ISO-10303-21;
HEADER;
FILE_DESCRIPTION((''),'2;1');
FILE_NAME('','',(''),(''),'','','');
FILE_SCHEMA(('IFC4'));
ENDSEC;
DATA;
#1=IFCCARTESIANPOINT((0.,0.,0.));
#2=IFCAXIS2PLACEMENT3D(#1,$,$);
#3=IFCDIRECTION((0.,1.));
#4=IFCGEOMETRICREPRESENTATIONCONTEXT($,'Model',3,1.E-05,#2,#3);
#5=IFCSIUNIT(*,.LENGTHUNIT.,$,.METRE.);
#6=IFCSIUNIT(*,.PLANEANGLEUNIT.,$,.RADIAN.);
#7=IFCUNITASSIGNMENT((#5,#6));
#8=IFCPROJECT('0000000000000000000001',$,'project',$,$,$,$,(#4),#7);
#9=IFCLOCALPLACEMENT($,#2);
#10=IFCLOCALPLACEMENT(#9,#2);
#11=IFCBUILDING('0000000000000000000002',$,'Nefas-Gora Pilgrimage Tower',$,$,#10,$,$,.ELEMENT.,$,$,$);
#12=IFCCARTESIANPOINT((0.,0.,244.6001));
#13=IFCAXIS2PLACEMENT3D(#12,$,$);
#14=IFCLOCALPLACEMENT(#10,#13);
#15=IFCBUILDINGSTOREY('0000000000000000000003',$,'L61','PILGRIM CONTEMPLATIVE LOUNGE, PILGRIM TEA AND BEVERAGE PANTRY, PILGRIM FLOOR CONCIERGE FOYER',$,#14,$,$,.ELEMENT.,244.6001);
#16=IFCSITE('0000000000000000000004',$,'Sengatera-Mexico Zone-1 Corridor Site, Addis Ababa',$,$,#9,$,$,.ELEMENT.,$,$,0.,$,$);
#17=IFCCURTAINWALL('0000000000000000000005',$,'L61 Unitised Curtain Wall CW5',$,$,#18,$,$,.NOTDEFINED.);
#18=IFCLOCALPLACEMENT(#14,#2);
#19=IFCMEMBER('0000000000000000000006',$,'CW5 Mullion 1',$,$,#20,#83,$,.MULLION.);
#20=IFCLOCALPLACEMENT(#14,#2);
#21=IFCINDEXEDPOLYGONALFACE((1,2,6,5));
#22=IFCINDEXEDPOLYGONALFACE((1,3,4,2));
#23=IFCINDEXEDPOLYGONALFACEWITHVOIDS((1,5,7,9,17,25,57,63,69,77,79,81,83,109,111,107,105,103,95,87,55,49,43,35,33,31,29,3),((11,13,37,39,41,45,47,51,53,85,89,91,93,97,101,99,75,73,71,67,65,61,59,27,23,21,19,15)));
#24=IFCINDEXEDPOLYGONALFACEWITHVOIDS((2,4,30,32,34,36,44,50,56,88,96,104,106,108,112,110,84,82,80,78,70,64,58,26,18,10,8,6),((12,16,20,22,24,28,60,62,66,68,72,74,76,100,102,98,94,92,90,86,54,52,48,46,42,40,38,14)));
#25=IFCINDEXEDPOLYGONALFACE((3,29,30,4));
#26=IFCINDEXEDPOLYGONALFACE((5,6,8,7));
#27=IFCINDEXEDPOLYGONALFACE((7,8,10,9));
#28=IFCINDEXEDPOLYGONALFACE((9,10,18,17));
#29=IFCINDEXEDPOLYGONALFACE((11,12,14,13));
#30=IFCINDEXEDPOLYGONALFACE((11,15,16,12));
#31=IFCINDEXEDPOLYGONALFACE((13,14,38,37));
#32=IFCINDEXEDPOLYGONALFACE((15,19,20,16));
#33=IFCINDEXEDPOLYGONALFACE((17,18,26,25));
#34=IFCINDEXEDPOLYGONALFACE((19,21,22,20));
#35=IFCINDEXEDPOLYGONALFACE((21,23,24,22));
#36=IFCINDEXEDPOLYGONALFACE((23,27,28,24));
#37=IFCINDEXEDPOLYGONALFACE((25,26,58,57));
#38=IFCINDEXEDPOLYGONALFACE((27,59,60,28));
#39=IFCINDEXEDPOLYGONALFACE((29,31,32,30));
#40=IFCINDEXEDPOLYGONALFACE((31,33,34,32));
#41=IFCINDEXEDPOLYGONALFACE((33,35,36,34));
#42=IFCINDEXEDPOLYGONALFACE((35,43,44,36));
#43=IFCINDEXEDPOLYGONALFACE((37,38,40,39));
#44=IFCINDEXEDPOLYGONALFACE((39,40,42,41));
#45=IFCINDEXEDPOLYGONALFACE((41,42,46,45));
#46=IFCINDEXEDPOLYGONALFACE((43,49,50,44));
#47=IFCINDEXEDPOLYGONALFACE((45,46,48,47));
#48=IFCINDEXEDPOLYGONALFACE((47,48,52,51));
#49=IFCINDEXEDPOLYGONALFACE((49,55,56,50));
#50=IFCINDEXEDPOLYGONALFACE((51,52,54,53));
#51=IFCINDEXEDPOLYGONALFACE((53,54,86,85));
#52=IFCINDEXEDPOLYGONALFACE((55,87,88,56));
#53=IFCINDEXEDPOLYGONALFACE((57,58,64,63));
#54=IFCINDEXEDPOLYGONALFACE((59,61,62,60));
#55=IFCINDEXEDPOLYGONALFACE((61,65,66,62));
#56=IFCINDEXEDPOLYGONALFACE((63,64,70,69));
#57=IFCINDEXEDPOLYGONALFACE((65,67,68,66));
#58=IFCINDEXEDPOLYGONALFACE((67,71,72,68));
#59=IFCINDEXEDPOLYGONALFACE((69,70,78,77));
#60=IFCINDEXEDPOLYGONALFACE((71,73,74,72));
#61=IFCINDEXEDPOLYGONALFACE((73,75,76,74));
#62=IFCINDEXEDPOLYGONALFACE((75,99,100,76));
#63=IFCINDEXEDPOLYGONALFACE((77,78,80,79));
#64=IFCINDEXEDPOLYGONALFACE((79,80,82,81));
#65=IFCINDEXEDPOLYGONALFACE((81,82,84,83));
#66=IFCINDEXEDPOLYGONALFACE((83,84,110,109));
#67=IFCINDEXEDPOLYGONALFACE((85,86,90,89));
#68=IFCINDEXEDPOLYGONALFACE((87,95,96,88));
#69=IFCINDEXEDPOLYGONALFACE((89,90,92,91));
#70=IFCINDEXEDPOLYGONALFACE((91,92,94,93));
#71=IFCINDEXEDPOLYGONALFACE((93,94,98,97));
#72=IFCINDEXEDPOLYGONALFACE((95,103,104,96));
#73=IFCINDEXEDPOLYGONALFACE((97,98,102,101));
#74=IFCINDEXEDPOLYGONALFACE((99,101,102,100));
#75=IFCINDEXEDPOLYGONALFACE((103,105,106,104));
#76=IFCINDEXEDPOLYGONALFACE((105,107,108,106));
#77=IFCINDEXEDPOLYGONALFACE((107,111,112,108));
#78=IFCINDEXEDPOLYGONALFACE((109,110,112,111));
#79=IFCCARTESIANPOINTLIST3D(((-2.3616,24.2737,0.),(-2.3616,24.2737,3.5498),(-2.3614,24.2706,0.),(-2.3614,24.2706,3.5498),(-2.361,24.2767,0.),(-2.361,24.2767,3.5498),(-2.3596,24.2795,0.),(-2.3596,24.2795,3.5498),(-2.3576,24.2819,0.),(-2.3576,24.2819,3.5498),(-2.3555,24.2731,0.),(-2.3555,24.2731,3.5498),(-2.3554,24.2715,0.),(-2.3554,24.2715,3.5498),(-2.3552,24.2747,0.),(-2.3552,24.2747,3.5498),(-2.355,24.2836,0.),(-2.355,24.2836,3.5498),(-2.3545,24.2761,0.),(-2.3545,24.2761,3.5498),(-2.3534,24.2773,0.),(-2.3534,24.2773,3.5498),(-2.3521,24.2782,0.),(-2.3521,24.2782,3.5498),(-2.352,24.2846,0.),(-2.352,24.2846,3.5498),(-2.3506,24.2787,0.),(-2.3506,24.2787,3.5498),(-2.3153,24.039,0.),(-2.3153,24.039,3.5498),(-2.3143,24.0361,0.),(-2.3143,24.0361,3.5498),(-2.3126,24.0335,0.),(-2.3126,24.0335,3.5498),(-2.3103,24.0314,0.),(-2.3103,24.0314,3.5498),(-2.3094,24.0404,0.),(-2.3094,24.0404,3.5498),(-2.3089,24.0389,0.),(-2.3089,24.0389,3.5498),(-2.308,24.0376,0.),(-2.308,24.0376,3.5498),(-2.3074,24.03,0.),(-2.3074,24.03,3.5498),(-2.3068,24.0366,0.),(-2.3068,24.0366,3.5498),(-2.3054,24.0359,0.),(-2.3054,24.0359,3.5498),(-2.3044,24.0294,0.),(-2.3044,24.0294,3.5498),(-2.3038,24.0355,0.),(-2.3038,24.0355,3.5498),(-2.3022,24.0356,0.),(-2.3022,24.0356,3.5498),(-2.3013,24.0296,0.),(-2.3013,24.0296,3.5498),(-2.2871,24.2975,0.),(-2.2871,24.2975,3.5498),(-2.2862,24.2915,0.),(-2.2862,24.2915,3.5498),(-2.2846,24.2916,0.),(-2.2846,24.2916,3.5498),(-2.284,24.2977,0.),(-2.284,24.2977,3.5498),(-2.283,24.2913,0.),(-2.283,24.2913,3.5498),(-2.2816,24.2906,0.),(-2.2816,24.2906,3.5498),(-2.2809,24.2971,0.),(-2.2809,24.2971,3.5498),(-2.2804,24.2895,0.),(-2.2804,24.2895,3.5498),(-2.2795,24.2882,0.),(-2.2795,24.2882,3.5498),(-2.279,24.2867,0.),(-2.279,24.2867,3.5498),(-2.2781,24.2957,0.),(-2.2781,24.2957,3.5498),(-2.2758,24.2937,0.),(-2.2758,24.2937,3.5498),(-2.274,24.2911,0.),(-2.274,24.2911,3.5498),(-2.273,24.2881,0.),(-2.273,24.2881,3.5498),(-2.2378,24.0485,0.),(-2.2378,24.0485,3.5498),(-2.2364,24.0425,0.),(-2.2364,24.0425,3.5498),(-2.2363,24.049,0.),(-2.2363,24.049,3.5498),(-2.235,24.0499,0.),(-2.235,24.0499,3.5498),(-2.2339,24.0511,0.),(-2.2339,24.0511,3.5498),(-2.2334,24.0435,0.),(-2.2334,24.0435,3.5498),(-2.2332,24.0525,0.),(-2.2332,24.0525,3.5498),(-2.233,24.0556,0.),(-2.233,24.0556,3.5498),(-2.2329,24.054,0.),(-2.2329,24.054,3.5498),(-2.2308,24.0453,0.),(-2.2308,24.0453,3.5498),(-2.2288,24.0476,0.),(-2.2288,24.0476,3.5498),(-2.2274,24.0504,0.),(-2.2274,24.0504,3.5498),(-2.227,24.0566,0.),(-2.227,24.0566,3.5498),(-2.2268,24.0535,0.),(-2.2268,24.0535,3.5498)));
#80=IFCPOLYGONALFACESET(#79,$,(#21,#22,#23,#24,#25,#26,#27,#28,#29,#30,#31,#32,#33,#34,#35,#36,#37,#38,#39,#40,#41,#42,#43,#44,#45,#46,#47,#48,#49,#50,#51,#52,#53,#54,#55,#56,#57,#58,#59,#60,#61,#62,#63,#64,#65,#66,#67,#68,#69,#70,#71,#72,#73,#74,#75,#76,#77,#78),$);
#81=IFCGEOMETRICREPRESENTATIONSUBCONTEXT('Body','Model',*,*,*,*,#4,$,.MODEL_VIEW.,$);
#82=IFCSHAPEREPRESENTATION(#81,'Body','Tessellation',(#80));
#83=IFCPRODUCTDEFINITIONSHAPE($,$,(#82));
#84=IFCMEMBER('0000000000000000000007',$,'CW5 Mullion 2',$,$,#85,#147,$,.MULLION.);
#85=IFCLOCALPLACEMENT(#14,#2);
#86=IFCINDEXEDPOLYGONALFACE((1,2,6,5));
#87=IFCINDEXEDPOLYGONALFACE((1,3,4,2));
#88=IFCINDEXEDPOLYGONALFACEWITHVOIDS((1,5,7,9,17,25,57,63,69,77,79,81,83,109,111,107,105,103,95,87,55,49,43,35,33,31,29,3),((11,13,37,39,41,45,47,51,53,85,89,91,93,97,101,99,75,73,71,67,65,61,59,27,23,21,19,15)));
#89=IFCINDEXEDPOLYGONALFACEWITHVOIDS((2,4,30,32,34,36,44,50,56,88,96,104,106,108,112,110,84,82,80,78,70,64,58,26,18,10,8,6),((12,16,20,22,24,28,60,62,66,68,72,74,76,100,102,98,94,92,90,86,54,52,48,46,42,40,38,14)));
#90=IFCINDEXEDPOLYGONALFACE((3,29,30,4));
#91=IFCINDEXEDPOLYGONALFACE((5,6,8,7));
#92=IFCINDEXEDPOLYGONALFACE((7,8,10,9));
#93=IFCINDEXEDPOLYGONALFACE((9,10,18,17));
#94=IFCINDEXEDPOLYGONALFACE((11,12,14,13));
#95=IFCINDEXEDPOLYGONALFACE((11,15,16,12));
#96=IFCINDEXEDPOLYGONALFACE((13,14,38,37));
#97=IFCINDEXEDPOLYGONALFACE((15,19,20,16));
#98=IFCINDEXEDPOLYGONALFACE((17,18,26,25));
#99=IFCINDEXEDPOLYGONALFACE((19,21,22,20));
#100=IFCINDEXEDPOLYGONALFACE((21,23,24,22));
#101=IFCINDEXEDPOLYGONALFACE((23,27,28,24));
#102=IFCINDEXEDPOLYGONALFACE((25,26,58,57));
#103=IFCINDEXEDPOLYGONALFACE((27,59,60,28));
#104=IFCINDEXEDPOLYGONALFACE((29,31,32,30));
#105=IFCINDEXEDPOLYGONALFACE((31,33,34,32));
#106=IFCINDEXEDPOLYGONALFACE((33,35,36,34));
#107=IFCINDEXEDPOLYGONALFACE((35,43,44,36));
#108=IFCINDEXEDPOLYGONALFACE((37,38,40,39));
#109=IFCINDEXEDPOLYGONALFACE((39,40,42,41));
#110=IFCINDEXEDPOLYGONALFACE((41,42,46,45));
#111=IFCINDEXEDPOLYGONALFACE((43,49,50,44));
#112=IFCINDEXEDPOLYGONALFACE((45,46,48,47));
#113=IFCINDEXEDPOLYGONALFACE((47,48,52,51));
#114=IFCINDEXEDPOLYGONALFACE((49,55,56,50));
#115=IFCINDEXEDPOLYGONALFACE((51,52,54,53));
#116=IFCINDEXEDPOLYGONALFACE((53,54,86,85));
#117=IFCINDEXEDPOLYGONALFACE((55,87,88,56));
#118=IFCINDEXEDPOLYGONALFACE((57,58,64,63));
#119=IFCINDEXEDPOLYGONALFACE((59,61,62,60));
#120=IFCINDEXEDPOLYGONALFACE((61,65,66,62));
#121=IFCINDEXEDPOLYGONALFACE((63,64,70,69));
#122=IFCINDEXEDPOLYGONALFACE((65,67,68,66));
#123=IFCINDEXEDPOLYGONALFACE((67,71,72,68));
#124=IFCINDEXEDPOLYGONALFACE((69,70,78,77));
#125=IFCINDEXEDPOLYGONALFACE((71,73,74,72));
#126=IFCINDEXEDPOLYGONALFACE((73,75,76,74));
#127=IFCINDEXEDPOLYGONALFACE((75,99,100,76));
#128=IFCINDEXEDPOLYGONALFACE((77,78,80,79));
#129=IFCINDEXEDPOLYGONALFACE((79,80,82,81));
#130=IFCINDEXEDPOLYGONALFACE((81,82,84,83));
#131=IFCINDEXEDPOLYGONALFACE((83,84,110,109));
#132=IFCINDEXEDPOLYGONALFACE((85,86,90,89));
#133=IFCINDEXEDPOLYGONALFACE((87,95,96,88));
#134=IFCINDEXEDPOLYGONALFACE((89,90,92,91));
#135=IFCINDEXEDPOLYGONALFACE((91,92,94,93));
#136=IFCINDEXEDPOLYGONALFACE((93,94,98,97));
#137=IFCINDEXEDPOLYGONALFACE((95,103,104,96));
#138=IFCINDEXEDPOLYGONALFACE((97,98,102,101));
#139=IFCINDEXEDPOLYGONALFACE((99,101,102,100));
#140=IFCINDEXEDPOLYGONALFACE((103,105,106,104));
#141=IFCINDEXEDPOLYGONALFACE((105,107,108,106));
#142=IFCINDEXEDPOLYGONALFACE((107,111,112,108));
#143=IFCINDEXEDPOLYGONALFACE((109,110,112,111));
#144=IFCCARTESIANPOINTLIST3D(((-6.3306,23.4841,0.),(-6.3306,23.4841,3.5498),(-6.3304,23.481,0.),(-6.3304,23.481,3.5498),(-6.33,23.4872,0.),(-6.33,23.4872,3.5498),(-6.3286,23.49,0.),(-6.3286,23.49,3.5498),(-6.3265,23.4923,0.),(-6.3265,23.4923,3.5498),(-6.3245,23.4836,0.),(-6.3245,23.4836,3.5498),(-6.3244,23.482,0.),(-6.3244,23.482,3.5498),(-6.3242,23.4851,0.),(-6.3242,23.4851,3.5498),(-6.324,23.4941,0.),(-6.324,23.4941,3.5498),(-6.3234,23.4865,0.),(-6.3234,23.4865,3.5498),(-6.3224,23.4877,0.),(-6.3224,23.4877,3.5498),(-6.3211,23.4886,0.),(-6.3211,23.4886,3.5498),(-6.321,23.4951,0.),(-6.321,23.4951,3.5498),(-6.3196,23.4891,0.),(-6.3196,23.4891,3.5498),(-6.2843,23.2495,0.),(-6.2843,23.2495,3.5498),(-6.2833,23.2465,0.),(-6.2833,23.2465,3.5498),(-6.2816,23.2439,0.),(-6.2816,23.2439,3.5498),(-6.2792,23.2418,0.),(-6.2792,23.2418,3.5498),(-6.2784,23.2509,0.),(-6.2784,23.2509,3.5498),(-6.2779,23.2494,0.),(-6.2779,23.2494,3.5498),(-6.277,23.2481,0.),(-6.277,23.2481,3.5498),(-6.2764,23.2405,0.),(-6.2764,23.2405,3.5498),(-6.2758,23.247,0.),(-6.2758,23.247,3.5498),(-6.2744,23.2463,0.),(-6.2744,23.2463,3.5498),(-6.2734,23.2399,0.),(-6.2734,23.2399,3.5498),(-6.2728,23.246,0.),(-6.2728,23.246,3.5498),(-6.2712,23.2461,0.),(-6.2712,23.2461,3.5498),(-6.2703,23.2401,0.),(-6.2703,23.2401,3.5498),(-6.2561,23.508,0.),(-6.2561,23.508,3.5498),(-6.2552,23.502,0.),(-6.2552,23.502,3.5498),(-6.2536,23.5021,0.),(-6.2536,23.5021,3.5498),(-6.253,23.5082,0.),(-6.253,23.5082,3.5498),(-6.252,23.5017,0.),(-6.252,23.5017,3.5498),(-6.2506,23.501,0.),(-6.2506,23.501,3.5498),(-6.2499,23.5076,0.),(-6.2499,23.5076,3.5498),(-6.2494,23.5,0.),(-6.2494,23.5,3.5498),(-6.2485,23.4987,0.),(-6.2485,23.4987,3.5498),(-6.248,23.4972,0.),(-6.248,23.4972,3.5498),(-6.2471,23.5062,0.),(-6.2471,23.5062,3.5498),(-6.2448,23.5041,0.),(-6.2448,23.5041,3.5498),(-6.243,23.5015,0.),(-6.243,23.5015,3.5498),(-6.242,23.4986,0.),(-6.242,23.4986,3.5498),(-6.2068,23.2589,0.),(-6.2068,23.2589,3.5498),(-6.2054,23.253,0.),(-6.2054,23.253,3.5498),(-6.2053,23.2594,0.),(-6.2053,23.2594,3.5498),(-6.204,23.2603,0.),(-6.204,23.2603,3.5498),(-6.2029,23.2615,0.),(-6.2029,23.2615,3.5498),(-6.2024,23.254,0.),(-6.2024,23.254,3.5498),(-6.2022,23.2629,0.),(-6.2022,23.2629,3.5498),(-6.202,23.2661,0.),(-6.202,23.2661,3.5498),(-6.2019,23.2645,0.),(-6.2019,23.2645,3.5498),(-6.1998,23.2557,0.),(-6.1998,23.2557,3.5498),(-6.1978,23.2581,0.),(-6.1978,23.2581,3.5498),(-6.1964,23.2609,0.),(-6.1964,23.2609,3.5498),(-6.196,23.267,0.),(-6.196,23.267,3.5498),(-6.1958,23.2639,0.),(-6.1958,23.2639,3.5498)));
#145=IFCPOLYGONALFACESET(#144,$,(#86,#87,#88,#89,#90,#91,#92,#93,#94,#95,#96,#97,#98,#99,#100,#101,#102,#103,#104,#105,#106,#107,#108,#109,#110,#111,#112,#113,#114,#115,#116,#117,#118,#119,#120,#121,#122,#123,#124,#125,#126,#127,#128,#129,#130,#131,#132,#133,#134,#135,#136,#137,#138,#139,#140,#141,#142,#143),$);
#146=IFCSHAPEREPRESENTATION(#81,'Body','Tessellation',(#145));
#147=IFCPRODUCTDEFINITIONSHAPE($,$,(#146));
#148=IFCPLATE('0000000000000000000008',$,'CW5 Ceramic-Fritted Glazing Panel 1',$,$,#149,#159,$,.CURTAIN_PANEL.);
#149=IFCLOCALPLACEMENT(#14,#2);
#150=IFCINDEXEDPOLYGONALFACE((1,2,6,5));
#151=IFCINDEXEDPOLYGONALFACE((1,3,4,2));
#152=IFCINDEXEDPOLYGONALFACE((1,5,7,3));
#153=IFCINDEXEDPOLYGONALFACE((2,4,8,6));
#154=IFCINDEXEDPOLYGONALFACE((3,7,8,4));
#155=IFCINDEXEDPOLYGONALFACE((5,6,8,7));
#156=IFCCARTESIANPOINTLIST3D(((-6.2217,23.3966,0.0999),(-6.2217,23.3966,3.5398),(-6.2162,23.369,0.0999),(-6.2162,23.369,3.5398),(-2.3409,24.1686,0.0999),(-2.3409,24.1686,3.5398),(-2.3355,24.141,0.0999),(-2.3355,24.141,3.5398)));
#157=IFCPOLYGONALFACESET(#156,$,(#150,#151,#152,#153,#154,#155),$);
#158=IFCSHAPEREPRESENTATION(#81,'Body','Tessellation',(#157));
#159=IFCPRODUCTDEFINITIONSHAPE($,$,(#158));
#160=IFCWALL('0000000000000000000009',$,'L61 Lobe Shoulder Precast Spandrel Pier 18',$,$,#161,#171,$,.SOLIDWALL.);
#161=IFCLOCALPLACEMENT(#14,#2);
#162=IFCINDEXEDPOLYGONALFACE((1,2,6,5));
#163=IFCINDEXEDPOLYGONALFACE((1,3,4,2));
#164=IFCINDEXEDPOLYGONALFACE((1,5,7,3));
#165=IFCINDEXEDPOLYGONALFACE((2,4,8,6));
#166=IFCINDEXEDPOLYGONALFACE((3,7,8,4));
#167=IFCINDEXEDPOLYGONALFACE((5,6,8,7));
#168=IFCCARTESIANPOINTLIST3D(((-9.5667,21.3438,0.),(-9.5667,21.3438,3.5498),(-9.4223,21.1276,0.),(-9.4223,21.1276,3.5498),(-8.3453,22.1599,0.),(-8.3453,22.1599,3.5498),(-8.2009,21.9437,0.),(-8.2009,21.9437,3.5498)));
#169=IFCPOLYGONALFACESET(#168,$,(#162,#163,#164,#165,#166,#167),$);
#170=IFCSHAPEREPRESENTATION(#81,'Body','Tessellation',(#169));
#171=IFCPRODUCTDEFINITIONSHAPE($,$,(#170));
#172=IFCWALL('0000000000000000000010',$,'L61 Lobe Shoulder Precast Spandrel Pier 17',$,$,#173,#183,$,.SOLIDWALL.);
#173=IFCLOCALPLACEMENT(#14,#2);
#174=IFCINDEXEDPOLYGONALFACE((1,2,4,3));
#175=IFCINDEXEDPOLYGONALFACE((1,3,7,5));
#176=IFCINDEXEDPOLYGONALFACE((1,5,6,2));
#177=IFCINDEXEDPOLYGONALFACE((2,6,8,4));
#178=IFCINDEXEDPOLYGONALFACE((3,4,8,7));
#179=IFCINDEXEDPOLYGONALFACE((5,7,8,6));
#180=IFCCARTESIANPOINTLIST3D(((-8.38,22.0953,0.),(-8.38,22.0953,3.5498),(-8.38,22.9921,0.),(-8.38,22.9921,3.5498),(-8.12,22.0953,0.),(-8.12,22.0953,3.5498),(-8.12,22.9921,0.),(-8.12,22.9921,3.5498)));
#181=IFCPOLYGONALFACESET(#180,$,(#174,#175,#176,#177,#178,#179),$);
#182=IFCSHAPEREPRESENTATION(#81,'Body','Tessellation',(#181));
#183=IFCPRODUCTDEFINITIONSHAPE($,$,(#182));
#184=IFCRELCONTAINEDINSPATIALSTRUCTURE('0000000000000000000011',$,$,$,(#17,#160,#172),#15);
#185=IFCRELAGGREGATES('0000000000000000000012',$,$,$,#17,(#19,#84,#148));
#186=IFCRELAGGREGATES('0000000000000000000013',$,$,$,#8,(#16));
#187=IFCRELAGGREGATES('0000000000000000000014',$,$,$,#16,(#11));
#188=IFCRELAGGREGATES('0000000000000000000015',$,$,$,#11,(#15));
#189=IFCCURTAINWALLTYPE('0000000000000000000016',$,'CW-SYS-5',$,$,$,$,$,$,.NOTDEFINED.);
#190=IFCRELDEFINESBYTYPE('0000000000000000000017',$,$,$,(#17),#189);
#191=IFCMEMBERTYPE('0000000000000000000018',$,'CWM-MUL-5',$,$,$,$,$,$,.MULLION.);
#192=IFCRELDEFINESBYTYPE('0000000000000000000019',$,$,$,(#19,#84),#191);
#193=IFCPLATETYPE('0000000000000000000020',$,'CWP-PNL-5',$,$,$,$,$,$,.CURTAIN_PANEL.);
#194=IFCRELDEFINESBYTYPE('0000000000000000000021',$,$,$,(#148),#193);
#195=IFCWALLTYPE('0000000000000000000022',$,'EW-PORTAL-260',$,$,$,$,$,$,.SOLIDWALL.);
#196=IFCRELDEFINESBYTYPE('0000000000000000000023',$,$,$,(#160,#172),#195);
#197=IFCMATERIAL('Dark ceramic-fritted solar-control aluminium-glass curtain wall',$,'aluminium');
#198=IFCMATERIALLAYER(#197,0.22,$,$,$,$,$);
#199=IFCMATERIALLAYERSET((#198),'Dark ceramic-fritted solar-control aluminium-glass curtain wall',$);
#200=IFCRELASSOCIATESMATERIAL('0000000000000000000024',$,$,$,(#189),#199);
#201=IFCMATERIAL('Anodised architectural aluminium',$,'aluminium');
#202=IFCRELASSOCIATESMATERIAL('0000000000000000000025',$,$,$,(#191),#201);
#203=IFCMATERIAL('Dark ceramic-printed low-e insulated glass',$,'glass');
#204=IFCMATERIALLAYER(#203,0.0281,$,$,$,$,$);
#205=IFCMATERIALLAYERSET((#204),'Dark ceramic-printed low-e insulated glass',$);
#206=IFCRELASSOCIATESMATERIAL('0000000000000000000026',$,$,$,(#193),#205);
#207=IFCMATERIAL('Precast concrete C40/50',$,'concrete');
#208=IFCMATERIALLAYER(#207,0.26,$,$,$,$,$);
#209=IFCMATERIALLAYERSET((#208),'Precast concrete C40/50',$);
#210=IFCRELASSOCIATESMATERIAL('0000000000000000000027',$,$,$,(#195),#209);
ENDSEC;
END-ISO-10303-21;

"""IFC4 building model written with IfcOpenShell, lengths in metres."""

from ifc_helpers import new_model, si_unit, direction, frame, frame_2d, origin, origin_2d, place, context, subcontext, project, spatial, rectangle, hollow_rectangle, extrude, source, transform, mapped, material, layer, layer_set, material_profile, profile_set, type_object, element, aggregate, save


model = new_model("IFC4")

# Units and contexts
model_context = context("Model", 3, precision=1e-05, world=origin(), true_north=direction((0.0, 1.0)))
body_context = subcontext(model_context, "Body", "Model", "MODEL_VIEW")
ifc_project = project(units=[si_unit("LENGTHUNIT", "METRE"), si_unit("PLANEANGLEUNIT", "RADIAN")], contexts=[model_context])

# Site, building, storey
site_placement = place(None, origin())
site = spatial("IfcSite", under=ifc_project, at=site_placement, Name="Sengatera-Mexico Zone-1 Corridor Site, Addis Ababa", CompositionType="ELEMENT", RefElevation=0.0)
building_placement = place(site_placement, origin())
building = spatial("IfcBuilding", under=site, at=building_placement, Name="Nefas-Gora Pilgrimage Tower", CompositionType="ELEMENT")
storey_placement = place(building_placement, frame((0.0, 0.0, 244.6001)))
storey = spatial("IfcBuildingStorey", under=building, at=storey_placement, Name="L61", Description="PILGRIM CONTEMPLATIVE LOUNGE, PILGRIM TEA AND BEVERAGE PANTRY, PILGRIM FLOOR CONCIERGE FOYER", CompositionType="ELEMENT", Elevation=244.6001)

# Curtain wall
ifc_material_1 = material(Name="Dark ceramic-fritted solar-control aluminium-glass curtain wall", Category="aluminium")
ifc_layer_1 = layer(ifc_material_1, 0.22)
ifc_layer_set_1 = layer_set([ifc_layer_1], Name="Dark ceramic-fritted solar-control aluminium-glass curtain wall")
curtain_wall_type = type_object("IfcCurtainWallType", Name="CW-SYS-5", PredefinedType="NOTDEFINED", material=ifc_layer_set_1)
curtain_wall_1_placement = place(storey_placement, origin())
curtain_wall_1 = element("IfcCurtainWall", 1, at=curtain_wall_1_placement, inside=storey, type_object=curtain_wall_type, Name="L61 Unitised Curtain Wall CW5", PredefinedType="NOTDEFINED")
ifc_material_2 = material(Name="Anodised architectural aluminium", Category="aluminium")
ifc_material_profile_1 = material_profile(ifc_material_2, hollow_rectangle(XDim=0.0901, YDim=0.26, WallThickness=0.0061, InnerFilletRadius=0.0061, OuterFilletRadius=0.012, at=origin_2d()), Name="ALU MULLION 90x260")
ifc_profile_set_1 = profile_set([ifc_material_profile_1], Name="Anodised architectural aluminium")
member_type_1 = type_object("IfcMemberType", Name="CWM-MUL-5", PredefinedType="MULLION", material=ifc_profile_set_1)
shared_shape_1 = source(origin(), body_context, "Body", "SweptSolid", [
    extrude(hollow_rectangle(XDim=0.0901, YDim=0.26, WallThickness=0.0061, InnerFilletRadius=0.0061, OuterFilletRadius=0.012, at=origin_2d()), origin(), (0.0, 0.0, 1.0), 3.5498),
])

# Members
member_1_placement = place(storey_placement, frame((-2.2942, 24.1636, 0.0), z_axis=(0.0, 0.0, 1.0), x_axis=(-0.980783, -0.195102, 0.0)))
member_1 = element("IfcMember", 2, at=member_1_placement, type_object=member_type_1, Name="CW5 Mullion 1", PredefinedType="MULLION", context=body_context, shape_type="MappedRepresentation", body=[
    mapped(shared_shape_1, transform((0.0, 0.0, 0.0), x_axis=(1.0, 0.0, 0.0), y_axis=(0.0, 1.0, 0.0), z_axis=(0.0, 0.0, 1.0), scale=1.0)),
])
member_2_placement = place(storey_placement, frame((-6.2632, 23.374, 0.0), z_axis=(0.0, 0.0, 1.0), x_axis=(-0.980783, -0.195102, 0.0)))
member_2 = element("IfcMember", 3, at=member_2_placement, type_object=member_type_1, Name="CW5 Mullion 2", PredefinedType="MULLION", context=body_context, shape_type="MappedRepresentation", body=[
    mapped(shared_shape_1, transform((0.0, 0.0, 0.0), x_axis=(1.0, 0.0, 0.0), y_axis=(0.0, 1.0, 0.0), z_axis=(0.0, 0.0, 1.0), scale=1.0)),
])

# Plate
ifc_material_3 = material(Name="Dark ceramic-printed low-e insulated glass", Category="glass")
ifc_layer_2 = layer(ifc_material_3, 0.0281)
ifc_layer_set_2 = layer_set([ifc_layer_2], Name="Dark ceramic-printed low-e insulated glass")
plate_type = type_object("IfcPlateType", Name="CWP-PNL-5", PredefinedType="CURTAIN_PANEL", material=ifc_layer_set_2)
shared_shape_2 = source(origin(), body_context, "Body", "SweptSolid", [
    extrude(rectangle(XDim=3.9568, YDim=0.0281, at=origin_2d()), origin(), (0.0, 0.0, 1.0), 3.4399),
])
plate_placement = place(storey_placement, frame((-4.2786, 23.7688, 0.0999), z_axis=(0.0, 0.0, 1.0), x_axis=(-0.980783, -0.195102, 0.0)))
plate = element("IfcPlate", 4, at=plate_placement, type_object=plate_type, Name="CW5 Ceramic-Fritted Glazing Panel 1", PredefinedType="CURTAIN_PANEL", context=body_context, shape_type="MappedRepresentation", body=[
    mapped(shared_shape_2, transform((0.0, 0.0, 0.0), x_axis=(1.0, 0.0, 0.0), y_axis=(0.0, 1.0, 0.0), z_axis=(0.0, 0.0, 1.0), scale=1.0)),
])
aggregate(curtain_wall_1, [member_1, member_2, plate])

# Walls
ifc_material_4 = material(Name="Precast concrete C40/50", Category="concrete")
ifc_layer_3 = layer(ifc_material_4, 0.26)
ifc_layer_set_3 = layer_set([ifc_layer_3], Name="Precast concrete C40/50")
wall_type_1 = type_object("IfcWallType", Name="EW-PORTAL-260", PredefinedType="SOLIDWALL", material=ifc_layer_set_3)
shared_shape_3 = source(origin(), body_context, "Body", "SweptSolid", [
    extrude(rectangle(XDim=1.469, YDim=0.26, at=frame_2d((0.7344, 0.0))), origin(), (0.0, 0.0, 1.0), 3.5498),
])
wall_1_placement = place(storey_placement, frame((-8.2732, 22.0518, 0.0), z_axis=(0.0, 0.0, 1.0), x_axis=(-0.831462, -0.555582, 0.0)))
element("IfcWall", 5, at=wall_1_placement, inside=storey, type_object=wall_type_1, Name="L61 Lobe Shoulder Precast Spandrel Pier 18", PredefinedType="SOLIDWALL", context=body_context, shape_type="MappedRepresentation", body=[
    mapped(shared_shape_3, transform((0.0, 0.0, 0.0), x_axis=(1.0, 0.0, 0.0), y_axis=(0.0, 1.0, 0.0), z_axis=(0.0, 0.0, 1.0), scale=1.0)),
])
shared_shape_4 = source(origin(), body_context, "Body", "SweptSolid", [
    extrude(rectangle(XDim=0.8967, YDim=0.26, at=frame_2d((0.4482, 0.0))), origin(), (0.0, 0.0, 1.0), 3.5498),
])
wall_2_placement = place(storey_placement, frame((-8.25, 22.9919, 0.0), z_axis=(0.0, 0.0, 1.0), x_axis=(0.0, -1.0, 0.0)))
element("IfcWall", 6, at=wall_2_placement, inside=storey, type_object=wall_type_1, Name="L61 Lobe Shoulder Precast Spandrel Pier 17", PredefinedType="SOLIDWALL", context=body_context, shape_type="MappedRepresentation", body=[
    mapped(shared_shape_4, transform((0.0, 0.0, 0.0), x_axis=(1.0, 0.0, 0.0), y_axis=(0.0, 1.0, 0.0), z_axis=(0.0, 0.0, 1.0), scale=1.0)),
])

save(model, "model.ifc")
